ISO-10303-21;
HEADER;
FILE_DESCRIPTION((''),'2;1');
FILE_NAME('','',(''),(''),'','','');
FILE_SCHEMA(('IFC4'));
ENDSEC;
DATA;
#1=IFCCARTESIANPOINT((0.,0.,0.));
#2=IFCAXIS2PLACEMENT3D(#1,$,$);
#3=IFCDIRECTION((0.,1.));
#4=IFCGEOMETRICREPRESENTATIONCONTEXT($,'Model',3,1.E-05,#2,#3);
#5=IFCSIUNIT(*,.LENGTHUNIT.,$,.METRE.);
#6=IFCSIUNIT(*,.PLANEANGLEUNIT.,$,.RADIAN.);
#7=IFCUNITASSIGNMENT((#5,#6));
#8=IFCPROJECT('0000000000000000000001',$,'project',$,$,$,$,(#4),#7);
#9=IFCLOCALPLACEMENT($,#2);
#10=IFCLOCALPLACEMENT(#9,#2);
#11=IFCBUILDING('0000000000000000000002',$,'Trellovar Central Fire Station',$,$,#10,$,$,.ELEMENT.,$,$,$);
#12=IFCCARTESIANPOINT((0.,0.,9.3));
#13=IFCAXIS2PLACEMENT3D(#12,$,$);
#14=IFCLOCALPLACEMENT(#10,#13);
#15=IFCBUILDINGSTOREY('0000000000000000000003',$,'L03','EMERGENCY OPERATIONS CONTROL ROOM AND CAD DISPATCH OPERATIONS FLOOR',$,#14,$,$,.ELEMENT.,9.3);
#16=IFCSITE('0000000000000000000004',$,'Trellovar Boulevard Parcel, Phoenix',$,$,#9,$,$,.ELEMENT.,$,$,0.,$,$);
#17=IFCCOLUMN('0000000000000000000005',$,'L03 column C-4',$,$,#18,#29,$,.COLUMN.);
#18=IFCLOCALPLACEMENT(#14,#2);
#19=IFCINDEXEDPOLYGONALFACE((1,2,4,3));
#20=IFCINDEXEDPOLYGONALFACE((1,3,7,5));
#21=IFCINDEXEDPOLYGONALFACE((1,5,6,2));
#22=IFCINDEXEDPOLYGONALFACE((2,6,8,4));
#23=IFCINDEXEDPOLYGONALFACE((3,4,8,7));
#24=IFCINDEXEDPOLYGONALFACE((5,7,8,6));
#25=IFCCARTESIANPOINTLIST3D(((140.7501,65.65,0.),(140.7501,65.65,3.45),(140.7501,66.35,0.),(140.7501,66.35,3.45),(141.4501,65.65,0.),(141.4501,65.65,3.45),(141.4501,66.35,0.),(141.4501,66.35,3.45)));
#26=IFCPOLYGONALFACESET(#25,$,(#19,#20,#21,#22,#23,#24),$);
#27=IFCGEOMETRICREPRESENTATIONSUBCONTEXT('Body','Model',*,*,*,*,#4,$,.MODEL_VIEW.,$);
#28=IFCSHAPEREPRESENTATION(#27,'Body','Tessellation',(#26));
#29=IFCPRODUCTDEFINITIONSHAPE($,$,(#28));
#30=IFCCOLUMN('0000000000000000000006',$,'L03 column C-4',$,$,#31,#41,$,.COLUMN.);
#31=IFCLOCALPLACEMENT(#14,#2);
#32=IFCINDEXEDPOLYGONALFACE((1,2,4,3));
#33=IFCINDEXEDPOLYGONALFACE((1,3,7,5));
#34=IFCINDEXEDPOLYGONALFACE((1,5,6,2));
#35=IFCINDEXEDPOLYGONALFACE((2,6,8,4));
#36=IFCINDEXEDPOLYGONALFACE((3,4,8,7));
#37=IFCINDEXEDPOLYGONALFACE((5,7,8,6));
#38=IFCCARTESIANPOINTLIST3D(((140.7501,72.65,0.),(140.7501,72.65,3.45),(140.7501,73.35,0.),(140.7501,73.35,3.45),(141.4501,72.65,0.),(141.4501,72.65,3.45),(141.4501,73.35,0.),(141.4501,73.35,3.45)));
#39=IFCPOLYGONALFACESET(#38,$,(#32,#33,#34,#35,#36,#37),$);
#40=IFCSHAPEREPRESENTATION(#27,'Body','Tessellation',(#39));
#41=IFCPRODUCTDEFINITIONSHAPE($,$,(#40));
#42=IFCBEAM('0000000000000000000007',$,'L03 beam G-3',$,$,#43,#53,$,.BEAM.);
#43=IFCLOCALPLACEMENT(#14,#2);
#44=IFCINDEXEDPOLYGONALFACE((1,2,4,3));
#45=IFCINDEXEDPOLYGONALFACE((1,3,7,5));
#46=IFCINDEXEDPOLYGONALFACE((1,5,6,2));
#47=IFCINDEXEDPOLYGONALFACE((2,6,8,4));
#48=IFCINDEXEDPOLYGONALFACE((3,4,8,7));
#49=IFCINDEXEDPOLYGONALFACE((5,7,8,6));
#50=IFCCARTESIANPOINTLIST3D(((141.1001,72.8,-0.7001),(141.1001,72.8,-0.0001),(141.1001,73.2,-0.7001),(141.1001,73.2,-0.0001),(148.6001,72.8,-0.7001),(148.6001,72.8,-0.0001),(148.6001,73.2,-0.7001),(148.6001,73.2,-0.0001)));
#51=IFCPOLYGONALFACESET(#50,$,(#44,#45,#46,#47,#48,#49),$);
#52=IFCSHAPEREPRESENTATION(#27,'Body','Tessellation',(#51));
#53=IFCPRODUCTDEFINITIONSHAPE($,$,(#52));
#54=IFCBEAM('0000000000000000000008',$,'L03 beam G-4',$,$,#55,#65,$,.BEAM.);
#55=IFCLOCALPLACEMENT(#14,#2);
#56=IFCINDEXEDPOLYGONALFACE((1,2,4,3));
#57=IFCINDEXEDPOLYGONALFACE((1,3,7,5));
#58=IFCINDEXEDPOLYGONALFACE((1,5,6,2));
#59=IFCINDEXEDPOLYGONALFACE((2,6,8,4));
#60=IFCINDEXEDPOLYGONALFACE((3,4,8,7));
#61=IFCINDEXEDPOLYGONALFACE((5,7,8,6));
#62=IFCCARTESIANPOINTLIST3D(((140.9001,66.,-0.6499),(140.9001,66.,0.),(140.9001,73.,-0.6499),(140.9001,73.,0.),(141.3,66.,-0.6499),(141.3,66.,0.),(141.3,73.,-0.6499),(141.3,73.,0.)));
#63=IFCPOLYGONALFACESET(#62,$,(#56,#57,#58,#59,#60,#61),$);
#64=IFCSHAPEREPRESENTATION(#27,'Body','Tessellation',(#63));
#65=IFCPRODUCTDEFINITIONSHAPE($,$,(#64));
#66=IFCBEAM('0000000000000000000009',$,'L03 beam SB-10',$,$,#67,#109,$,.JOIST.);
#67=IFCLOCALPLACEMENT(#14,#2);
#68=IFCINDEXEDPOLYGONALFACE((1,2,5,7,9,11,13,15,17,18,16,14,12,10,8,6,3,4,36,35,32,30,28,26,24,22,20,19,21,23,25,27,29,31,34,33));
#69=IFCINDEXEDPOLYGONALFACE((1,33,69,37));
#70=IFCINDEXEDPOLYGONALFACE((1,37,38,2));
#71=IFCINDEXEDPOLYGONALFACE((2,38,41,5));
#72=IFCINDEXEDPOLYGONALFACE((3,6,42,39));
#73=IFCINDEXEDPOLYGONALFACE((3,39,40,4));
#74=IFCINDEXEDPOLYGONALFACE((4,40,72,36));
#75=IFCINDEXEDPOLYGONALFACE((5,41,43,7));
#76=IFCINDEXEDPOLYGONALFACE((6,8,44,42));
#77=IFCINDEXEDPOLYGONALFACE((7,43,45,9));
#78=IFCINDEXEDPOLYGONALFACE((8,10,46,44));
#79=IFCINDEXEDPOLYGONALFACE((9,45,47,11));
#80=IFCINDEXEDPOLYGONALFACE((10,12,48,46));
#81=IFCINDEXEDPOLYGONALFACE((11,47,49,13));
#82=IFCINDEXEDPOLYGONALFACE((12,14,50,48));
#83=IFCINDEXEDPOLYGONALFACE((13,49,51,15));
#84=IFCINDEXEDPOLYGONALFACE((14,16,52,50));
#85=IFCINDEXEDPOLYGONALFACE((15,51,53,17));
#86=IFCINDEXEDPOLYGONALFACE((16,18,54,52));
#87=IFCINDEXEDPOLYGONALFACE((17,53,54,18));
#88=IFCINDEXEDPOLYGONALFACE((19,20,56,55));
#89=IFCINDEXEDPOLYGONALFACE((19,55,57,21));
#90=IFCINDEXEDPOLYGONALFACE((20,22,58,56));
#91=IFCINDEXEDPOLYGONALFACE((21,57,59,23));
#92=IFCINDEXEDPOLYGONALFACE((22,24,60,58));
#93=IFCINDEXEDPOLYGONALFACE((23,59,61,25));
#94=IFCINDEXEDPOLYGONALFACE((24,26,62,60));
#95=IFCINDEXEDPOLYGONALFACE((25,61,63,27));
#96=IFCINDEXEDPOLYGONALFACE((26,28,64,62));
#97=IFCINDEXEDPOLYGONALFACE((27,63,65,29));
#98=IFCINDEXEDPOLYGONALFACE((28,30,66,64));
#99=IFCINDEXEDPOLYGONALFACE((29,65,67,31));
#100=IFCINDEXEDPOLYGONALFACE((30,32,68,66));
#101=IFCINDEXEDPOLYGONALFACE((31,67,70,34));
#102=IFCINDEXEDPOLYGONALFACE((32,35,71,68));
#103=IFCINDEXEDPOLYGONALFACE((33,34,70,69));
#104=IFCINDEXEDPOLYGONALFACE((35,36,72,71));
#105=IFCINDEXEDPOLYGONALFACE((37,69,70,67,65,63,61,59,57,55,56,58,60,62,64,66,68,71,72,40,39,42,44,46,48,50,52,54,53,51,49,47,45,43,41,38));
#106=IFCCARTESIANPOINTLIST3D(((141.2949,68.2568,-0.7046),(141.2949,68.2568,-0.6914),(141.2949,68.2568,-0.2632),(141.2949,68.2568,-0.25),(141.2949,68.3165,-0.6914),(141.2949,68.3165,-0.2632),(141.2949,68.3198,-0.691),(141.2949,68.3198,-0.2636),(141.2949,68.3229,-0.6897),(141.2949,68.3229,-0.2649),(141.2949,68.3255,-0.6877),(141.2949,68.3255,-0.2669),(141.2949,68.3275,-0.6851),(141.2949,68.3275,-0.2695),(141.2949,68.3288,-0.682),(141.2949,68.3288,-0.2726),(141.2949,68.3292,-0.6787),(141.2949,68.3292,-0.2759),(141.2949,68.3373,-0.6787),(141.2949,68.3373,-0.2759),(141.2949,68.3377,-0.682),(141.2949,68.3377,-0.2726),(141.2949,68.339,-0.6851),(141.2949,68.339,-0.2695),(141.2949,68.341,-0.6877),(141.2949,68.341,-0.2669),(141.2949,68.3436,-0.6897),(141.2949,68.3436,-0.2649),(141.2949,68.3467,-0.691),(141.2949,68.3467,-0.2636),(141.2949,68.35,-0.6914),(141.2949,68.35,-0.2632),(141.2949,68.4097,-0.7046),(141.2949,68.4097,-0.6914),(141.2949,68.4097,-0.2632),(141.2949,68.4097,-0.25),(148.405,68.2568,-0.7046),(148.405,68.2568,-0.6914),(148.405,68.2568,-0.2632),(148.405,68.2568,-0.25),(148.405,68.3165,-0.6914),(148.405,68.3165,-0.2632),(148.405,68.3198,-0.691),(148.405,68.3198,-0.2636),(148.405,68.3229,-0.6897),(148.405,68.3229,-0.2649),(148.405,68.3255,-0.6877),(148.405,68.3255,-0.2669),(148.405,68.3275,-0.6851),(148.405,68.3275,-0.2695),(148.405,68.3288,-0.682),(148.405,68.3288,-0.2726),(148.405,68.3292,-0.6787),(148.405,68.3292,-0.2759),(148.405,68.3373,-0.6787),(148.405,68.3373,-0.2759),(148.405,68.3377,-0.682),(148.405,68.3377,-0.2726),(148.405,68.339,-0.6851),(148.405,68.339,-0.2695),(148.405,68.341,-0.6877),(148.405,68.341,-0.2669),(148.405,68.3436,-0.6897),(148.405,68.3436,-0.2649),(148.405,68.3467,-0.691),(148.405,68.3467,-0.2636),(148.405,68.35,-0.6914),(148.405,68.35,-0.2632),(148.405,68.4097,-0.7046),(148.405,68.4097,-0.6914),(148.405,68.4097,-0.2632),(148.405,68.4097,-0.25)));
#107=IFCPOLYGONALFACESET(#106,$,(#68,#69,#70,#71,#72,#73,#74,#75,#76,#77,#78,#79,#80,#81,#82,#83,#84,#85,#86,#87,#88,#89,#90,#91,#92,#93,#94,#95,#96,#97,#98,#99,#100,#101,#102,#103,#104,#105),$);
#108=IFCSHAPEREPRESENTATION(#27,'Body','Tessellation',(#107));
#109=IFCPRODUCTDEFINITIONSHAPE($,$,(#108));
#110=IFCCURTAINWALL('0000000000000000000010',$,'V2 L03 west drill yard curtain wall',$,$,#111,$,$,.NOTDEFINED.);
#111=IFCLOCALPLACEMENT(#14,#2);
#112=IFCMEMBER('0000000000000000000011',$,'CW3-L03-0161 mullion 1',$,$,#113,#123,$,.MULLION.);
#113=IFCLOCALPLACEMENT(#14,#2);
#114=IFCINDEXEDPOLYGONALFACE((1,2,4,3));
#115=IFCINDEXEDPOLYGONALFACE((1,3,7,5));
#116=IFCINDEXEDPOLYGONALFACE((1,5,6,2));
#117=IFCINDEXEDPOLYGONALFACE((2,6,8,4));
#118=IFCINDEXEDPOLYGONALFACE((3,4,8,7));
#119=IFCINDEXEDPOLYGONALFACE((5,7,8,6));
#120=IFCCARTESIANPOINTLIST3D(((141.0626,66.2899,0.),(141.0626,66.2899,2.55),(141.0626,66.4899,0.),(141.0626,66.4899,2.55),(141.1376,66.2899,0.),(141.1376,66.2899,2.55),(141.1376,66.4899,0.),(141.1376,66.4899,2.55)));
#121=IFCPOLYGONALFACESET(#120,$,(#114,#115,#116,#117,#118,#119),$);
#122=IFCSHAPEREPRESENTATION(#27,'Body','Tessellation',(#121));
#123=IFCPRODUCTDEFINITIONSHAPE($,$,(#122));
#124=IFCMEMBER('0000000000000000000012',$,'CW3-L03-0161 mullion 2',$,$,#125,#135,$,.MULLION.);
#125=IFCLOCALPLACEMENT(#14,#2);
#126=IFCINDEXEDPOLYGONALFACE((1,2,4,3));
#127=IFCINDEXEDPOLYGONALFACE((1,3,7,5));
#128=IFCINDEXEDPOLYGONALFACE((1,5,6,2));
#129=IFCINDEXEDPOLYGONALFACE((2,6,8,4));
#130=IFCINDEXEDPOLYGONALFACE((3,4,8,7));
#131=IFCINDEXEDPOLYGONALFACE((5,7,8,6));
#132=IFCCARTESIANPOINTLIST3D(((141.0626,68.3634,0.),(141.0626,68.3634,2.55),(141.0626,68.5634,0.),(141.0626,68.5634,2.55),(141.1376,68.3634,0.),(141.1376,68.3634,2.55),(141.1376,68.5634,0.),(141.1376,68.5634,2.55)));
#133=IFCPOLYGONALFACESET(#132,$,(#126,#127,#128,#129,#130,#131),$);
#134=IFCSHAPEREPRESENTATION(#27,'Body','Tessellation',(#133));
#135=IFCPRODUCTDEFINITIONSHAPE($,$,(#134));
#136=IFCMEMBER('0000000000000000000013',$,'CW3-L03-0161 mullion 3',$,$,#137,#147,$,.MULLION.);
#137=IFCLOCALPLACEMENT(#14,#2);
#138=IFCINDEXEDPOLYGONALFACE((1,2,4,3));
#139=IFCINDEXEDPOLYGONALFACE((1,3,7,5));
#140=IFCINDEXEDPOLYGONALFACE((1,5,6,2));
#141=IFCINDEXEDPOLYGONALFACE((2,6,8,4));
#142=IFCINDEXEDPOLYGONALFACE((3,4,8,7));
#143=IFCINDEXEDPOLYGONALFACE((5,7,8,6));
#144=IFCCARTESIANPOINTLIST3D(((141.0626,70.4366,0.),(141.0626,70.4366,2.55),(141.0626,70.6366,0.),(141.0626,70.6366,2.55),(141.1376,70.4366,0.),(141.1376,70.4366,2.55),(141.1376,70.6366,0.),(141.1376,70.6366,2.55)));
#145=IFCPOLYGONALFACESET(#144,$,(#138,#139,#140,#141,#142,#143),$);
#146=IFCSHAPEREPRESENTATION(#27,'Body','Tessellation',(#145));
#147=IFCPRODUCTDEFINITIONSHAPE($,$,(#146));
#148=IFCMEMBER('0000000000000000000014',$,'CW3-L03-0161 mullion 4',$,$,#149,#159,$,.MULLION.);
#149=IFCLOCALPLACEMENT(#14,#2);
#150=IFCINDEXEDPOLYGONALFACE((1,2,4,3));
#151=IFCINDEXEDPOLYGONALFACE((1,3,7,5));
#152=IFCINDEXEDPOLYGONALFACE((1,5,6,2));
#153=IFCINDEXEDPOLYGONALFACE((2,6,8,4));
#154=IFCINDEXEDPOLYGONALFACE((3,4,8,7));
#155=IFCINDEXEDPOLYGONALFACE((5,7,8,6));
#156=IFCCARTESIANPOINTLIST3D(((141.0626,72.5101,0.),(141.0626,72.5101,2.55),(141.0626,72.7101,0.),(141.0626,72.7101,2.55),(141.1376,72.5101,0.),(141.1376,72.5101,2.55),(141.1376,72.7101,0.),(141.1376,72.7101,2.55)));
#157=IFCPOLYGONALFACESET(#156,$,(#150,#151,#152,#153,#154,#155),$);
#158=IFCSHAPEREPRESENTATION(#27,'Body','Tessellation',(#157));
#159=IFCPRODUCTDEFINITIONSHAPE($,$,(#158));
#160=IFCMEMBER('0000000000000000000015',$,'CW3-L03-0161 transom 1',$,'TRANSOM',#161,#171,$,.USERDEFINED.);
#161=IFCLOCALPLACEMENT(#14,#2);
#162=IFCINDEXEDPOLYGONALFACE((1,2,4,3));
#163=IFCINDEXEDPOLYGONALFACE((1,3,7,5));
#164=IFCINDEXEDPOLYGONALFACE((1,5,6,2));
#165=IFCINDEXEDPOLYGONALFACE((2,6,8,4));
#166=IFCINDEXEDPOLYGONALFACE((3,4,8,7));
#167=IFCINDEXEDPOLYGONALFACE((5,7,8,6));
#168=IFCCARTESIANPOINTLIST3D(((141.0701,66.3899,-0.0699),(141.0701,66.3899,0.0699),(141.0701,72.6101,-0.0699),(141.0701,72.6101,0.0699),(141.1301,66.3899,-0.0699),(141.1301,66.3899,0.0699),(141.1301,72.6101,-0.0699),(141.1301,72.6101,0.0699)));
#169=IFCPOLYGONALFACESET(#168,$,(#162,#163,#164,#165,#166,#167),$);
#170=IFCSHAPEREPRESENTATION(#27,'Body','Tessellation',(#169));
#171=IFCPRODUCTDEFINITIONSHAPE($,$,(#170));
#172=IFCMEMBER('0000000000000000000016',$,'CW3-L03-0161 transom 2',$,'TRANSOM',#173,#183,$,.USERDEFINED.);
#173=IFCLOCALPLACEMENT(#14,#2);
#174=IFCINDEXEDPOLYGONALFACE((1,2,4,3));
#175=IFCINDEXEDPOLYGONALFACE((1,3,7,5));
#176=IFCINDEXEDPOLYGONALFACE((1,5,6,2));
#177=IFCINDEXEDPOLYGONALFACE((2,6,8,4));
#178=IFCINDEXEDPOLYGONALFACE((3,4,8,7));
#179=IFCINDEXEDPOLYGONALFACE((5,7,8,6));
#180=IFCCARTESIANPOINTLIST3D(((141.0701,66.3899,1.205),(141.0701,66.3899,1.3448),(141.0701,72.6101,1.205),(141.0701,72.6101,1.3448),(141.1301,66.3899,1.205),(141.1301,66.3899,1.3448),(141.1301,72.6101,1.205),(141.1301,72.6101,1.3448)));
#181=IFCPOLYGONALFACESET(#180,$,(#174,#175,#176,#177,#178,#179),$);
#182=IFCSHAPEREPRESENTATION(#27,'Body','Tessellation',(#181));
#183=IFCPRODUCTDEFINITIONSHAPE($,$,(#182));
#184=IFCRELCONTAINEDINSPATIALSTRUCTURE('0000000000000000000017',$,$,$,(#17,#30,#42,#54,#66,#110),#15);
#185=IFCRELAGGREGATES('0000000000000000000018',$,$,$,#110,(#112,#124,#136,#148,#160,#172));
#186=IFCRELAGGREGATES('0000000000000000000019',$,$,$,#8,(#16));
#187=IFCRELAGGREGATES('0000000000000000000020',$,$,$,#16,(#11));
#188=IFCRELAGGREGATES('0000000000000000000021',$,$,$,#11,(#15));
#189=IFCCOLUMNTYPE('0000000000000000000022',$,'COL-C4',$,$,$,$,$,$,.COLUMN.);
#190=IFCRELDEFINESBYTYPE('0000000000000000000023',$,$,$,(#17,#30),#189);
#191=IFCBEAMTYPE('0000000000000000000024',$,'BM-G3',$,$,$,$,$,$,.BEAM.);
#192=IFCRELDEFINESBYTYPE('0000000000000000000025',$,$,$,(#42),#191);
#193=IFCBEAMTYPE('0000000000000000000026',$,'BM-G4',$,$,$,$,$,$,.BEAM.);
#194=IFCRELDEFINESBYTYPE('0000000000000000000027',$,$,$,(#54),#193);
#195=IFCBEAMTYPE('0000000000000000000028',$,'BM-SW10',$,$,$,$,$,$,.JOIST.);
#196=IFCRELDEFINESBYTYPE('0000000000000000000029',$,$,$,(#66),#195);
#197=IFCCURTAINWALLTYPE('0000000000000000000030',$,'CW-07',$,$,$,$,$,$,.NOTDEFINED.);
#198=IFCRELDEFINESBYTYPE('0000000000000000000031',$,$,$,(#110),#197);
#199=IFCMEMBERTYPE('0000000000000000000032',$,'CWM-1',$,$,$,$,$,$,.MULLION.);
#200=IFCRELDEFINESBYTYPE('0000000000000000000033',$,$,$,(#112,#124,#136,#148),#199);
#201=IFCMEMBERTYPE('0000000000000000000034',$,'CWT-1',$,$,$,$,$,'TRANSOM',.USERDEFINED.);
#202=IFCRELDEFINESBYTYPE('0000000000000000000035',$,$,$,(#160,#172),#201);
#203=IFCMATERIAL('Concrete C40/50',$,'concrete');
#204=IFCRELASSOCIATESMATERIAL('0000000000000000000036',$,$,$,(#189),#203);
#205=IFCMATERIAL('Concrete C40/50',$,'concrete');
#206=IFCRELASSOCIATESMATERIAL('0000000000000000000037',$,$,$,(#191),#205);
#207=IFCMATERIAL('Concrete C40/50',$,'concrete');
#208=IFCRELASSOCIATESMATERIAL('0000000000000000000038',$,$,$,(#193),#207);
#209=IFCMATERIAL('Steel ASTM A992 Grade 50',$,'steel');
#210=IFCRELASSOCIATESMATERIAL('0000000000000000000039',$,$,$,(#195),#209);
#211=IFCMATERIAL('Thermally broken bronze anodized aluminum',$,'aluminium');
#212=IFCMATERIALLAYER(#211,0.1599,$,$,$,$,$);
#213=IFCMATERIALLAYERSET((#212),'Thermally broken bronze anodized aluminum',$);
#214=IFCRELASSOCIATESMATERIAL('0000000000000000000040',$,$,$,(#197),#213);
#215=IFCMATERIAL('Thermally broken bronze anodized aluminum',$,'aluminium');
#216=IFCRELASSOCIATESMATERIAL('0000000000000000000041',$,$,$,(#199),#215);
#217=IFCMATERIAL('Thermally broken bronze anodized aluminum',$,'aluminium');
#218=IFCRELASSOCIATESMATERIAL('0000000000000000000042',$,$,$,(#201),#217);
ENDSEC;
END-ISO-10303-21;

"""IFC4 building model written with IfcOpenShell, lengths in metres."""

from ifc_helpers import new_model, si_unit, direction, frame, origin, origin_2d, place, context, subcontext, project, spatial, rectangle, i_section, extrude, material, layer, layer_set, material_profile, profile_set, type_object, element, aggregate, save


model = new_model("IFC4")

# Units and contexts
model_context = context("Model", 3, precision=1e-05, world=origin(), true_north=direction((0.0, 1.0)))
body_context = subcontext(model_context, "Body", "Model", "MODEL_VIEW")
ifc_project = project(units=[si_unit("LENGTHUNIT", "METRE"), si_unit("PLANEANGLEUNIT", "RADIAN")], contexts=[model_context])

# Site, building, storey
site_placement = place(None, origin())
site = spatial("IfcSite", under=ifc_project, at=site_placement, Name="Trellovar Boulevard Parcel, Phoenix", CompositionType="ELEMENT", RefElevation=0.0)
building_placement = place(site_placement, origin())
building = spatial("IfcBuilding", under=site, at=building_placement, Name="Trellovar Central Fire Station", CompositionType="ELEMENT")
storey_placement = place(building_placement, frame((0.0, 0.0, 9.3)))
storey = spatial("IfcBuildingStorey", under=building, at=storey_placement, Name="L03", Description="EMERGENCY OPERATIONS CONTROL ROOM AND CAD DISPATCH OPERATIONS FLOOR", CompositionType="ELEMENT", Elevation=9.3)

# Columns
ifc_material_1 = material(Name="Concrete C40/50", Category="concrete")
ifc_material_profile_1 = material_profile(ifc_material_1, rectangle(XDim=0.7, YDim=0.7, at=origin_2d()), Name="RC700X700")
ifc_profile_set_1 = profile_set([ifc_material_profile_1], Name="Concrete C40/50")
column_type = type_object("IfcColumnType", Name="COL-C4", PredefinedType="COLUMN", material=ifc_profile_set_1)
for number, where, z_axis, x_axis, name in (
    (1, (141.1001, 66.0, 0.0), (0.0, 0.0, 1.0), (1.0, 0.0, 0.0), "L03 column C-4"),
    (2, (141.1001, 73.0, 0.0), (0.0, 0.0, 1.0), (1.0, 0.0, 0.0), "L03 column C-4"),
):
    element("IfcColumn", number, at=place(storey_placement, frame(where, z_axis=z_axis, x_axis=x_axis)), inside=storey, type_object=column_type, Name=name, PredefinedType="COLUMN", context=body_context, shape_type="SweptSolid", body=[
        extrude(rectangle(XDim=0.7, YDim=0.7, at=origin_2d()), origin(), (0.0, 0.0, 1.0), 3.45),
    ])

# Beams
ifc_material_2 = material(Name="Concrete C40/50", Category="concrete")
ifc_material_profile_2 = material_profile(ifc_material_2, rectangle(XDim=0.3999, YDim=0.7, at=origin_2d()), Name="RC400X700")
ifc_profile_set_2 = profile_set([ifc_material_profile_2], Name="Concrete C40/50")
beam_type_1 = type_object("IfcBeamType", Name="BM-G3", PredefinedType="BEAM", material=ifc_profile_set_2)
beam_1_placement = place(storey_placement, frame((141.1001, 73.0, -0.3501), z_axis=(1.0, 0.0, 0.0), x_axis=(0.0, 1.0, 0.0)))
element("IfcBeam", 3, at=beam_1_placement, inside=storey, type_object=beam_type_1, Name="L03 beam G-3", PredefinedType="BEAM", context=body_context, shape_type="SweptSolid", body=[
    extrude(rectangle(XDim=0.3999, YDim=0.7, at=origin_2d()), origin(), (0.0, 0.0, 1.0), 7.5),
])
ifc_material_3 = material(Name="Concrete C40/50", Category="concrete")
ifc_material_profile_3 = material_profile(ifc_material_3, rectangle(XDim=0.3999, YDim=0.6499, at=origin_2d()), Name="RC400X650")
ifc_profile_set_3 = profile_set([ifc_material_profile_3], Name="Concrete C40/50")
beam_type_2 = type_object("IfcBeamType", Name="BM-G4", PredefinedType="BEAM", material=ifc_profile_set_3)
beam_2_placement = place(storey_placement, frame((141.1001, 66.0, -0.325), z_axis=(0.0, 1.0, 0.0), x_axis=(-1.0, 0.0, 0.0)))
element("IfcBeam", 4, at=beam_2_placement, inside=storey, type_object=beam_type_2, Name="L03 beam G-4", PredefinedType="BEAM", context=body_context, shape_type="SweptSolid", body=[
    extrude(rectangle(XDim=0.3999, YDim=0.6499, at=origin_2d()), origin(), (0.0, 0.0, 1.0), 7.0),
])
ifc_material_4 = material(Name="Steel ASTM A992 Grade 50", Category="steel")
ifc_material_profile_4 = material_profile(ifc_material_4, i_section(OverallWidth=0.1528, OverallDepth=0.4546, WebThickness=0.0081, FlangeThickness=0.0132, FilletRadius=0.0127, at=origin_2d()), Name="W18X40")
ifc_profile_set_4 = profile_set([ifc_material_profile_4], Name="Steel ASTM A992 Grade 50")
beam_type_3 = type_object("IfcBeamType", Name="BM-SW10", PredefinedType="JOIST", material=ifc_profile_set_4)
beam_3_placement = place(storey_placement, frame((141.2949, 68.3333, -0.4773), z_axis=(1.0, 0.0, 0.0), x_axis=(0.0, 1.0, 0.0)))
element("IfcBeam", 5, at=beam_3_placement, inside=storey, type_object=beam_type_3, Name="L03 beam SB-10", PredefinedType="JOIST", context=body_context, shape_type="SweptSolid", body=[
    extrude(i_section(OverallWidth=0.1528, OverallDepth=0.4546, WebThickness=0.0081, FlangeThickness=0.0132, FilletRadius=0.0127, at=origin_2d()), origin(), (0.0, 0.0, 1.0), 7.1101),
])

# Curtain wall, members
ifc_material_5 = material(Name="Thermally broken bronze anodized aluminum", Category="aluminium")
ifc_layer_1 = layer(ifc_material_5, 0.1599)
ifc_layer_set_1 = layer_set([ifc_layer_1], Name="Thermally broken bronze anodized aluminum")
curtain_wall_type = type_object("IfcCurtainWallType", Name="CW-07", PredefinedType="NOTDEFINED", material=ifc_layer_set_1)
curtain_wall_placement = place(storey_placement, origin())
curtain_wall = element("IfcCurtainWall", 6, at=curtain_wall_placement, inside=storey, type_object=curtain_wall_type, Name="V2 L03 west drill yard curtain wall", PredefinedType="NOTDEFINED")
ifc_material_6 = material(Name="Thermally broken bronze anodized aluminum", Category="aluminium")
ifc_material_profile_5 = material_profile(ifc_material_6, rectangle(XDim=0.075, YDim=0.2, at=origin_2d()), Name="ALU75X200")
ifc_profile_set_5 = profile_set([ifc_material_profile_5], Name="Thermally broken bronze anodized aluminum")
member_type_1 = type_object("IfcMemberType", Name="CWM-1", PredefinedType="MULLION", material=ifc_profile_set_5)
member_1_placement = place(storey_placement, frame((141.1001, 66.3899, 0.0), z_axis=(0.0, 0.0, 1.0), x_axis=(1.0, 0.0, 0.0)))
member_1 = element("IfcMember", 7, at=member_1_placement, type_object=member_type_1, Name="CW3-L03-0161 mullion 1", PredefinedType="MULLION", context=body_context, shape_type="SweptSolid", body=[
    extrude(rectangle(XDim=0.075, YDim=0.2, at=origin_2d()), origin(), (0.0, 0.0, 1.0), 2.55),
])
member_2_placement = place(storey_placement, frame((141.1001, 68.4634, 0.0), z_axis=(0.0, 0.0, 1.0), x_axis=(1.0, 0.0, 0.0)))
member_2 = element("IfcMember", 8, at=member_2_placement, type_object=member_type_1, Name="CW3-L03-0161 mullion 2", PredefinedType="MULLION", context=body_context, shape_type="SweptSolid", body=[
    extrude(rectangle(XDim=0.075, YDim=0.2, at=origin_2d()), origin(), (0.0, 0.0, 1.0), 2.55),
])
member_3_placement = place(storey_placement, frame((141.1001, 70.5366, 0.0), z_axis=(0.0, 0.0, 1.0), x_axis=(1.0, 0.0, 0.0)))
member_3 = element("IfcMember", 9, at=member_3_placement, type_object=member_type_1, Name="CW3-L03-0161 mullion 3", PredefinedType="MULLION", context=body_context, shape_type="SweptSolid", body=[
    extrude(rectangle(XDim=0.075, YDim=0.2, at=origin_2d()), origin(), (0.0, 0.0, 1.0), 2.55),
])
member_4_placement = place(storey_placement, frame((141.1001, 72.6101, 0.0), z_axis=(0.0, 0.0, 1.0), x_axis=(1.0, 0.0, 0.0)))
member_4 = element("IfcMember", 10, at=member_4_placement, type_object=member_type_1, Name="CW3-L03-0161 mullion 4", PredefinedType="MULLION", context=body_context, shape_type="SweptSolid", body=[
    extrude(rectangle(XDim=0.075, YDim=0.2, at=origin_2d()), origin(), (0.0, 0.0, 1.0), 2.55),
])
ifc_material_7 = material(Name="Thermally broken bronze anodized aluminum", Category="aluminium")
ifc_material_profile_6 = material_profile(ifc_material_7, rectangle(XDim=0.0601, YDim=0.1399, at=origin_2d()), Name="ALU60X140")
ifc_profile_set_6 = profile_set([ifc_material_profile_6], Name="Thermally broken bronze anodized aluminum")
member_type_2 = type_object("IfcMemberType", Name="CWT-1", ElementType="TRANSOM", PredefinedType="USERDEFINED", material=ifc_profile_set_6)
member_5_placement = place(storey_placement, frame((141.1001, 66.3899, 0.0), z_axis=(0.0, 1.0, 0.0), x_axis=(-1.0, 0.0, 0.0)))
member_5 = element("IfcMember", 11, at=member_5_placement, type_object=member_type_2, Name="CW3-L03-0161 transom 1", ObjectType="TRANSOM", PredefinedType="USERDEFINED", context=body_context, shape_type="SweptSolid", body=[
    extrude(rectangle(XDim=0.0601, YDim=0.1399, at=origin_2d()), origin(), (0.0, 0.0, 1.0), 6.2202),
])
member_6_placement = place(storey_placement, frame((141.1001, 66.3899, 1.2749), z_axis=(0.0, 1.0, 0.0), x_axis=(-1.0, 0.0, 0.0)))
member_6 = element("IfcMember", 12, at=member_6_placement, type_object=member_type_2, Name="CW3-L03-0161 transom 2", ObjectType="TRANSOM", PredefinedType="USERDEFINED", context=body_context, shape_type="SweptSolid", body=[
    extrude(rectangle(XDim=0.0601, YDim=0.1399, at=origin_2d()), origin(), (0.0, 0.0, 1.0), 6.2202),
])
aggregate(curtain_wall, [member_1, member_2, member_3, member_4, member_5, member_6])

save(model, "model.ifc")
